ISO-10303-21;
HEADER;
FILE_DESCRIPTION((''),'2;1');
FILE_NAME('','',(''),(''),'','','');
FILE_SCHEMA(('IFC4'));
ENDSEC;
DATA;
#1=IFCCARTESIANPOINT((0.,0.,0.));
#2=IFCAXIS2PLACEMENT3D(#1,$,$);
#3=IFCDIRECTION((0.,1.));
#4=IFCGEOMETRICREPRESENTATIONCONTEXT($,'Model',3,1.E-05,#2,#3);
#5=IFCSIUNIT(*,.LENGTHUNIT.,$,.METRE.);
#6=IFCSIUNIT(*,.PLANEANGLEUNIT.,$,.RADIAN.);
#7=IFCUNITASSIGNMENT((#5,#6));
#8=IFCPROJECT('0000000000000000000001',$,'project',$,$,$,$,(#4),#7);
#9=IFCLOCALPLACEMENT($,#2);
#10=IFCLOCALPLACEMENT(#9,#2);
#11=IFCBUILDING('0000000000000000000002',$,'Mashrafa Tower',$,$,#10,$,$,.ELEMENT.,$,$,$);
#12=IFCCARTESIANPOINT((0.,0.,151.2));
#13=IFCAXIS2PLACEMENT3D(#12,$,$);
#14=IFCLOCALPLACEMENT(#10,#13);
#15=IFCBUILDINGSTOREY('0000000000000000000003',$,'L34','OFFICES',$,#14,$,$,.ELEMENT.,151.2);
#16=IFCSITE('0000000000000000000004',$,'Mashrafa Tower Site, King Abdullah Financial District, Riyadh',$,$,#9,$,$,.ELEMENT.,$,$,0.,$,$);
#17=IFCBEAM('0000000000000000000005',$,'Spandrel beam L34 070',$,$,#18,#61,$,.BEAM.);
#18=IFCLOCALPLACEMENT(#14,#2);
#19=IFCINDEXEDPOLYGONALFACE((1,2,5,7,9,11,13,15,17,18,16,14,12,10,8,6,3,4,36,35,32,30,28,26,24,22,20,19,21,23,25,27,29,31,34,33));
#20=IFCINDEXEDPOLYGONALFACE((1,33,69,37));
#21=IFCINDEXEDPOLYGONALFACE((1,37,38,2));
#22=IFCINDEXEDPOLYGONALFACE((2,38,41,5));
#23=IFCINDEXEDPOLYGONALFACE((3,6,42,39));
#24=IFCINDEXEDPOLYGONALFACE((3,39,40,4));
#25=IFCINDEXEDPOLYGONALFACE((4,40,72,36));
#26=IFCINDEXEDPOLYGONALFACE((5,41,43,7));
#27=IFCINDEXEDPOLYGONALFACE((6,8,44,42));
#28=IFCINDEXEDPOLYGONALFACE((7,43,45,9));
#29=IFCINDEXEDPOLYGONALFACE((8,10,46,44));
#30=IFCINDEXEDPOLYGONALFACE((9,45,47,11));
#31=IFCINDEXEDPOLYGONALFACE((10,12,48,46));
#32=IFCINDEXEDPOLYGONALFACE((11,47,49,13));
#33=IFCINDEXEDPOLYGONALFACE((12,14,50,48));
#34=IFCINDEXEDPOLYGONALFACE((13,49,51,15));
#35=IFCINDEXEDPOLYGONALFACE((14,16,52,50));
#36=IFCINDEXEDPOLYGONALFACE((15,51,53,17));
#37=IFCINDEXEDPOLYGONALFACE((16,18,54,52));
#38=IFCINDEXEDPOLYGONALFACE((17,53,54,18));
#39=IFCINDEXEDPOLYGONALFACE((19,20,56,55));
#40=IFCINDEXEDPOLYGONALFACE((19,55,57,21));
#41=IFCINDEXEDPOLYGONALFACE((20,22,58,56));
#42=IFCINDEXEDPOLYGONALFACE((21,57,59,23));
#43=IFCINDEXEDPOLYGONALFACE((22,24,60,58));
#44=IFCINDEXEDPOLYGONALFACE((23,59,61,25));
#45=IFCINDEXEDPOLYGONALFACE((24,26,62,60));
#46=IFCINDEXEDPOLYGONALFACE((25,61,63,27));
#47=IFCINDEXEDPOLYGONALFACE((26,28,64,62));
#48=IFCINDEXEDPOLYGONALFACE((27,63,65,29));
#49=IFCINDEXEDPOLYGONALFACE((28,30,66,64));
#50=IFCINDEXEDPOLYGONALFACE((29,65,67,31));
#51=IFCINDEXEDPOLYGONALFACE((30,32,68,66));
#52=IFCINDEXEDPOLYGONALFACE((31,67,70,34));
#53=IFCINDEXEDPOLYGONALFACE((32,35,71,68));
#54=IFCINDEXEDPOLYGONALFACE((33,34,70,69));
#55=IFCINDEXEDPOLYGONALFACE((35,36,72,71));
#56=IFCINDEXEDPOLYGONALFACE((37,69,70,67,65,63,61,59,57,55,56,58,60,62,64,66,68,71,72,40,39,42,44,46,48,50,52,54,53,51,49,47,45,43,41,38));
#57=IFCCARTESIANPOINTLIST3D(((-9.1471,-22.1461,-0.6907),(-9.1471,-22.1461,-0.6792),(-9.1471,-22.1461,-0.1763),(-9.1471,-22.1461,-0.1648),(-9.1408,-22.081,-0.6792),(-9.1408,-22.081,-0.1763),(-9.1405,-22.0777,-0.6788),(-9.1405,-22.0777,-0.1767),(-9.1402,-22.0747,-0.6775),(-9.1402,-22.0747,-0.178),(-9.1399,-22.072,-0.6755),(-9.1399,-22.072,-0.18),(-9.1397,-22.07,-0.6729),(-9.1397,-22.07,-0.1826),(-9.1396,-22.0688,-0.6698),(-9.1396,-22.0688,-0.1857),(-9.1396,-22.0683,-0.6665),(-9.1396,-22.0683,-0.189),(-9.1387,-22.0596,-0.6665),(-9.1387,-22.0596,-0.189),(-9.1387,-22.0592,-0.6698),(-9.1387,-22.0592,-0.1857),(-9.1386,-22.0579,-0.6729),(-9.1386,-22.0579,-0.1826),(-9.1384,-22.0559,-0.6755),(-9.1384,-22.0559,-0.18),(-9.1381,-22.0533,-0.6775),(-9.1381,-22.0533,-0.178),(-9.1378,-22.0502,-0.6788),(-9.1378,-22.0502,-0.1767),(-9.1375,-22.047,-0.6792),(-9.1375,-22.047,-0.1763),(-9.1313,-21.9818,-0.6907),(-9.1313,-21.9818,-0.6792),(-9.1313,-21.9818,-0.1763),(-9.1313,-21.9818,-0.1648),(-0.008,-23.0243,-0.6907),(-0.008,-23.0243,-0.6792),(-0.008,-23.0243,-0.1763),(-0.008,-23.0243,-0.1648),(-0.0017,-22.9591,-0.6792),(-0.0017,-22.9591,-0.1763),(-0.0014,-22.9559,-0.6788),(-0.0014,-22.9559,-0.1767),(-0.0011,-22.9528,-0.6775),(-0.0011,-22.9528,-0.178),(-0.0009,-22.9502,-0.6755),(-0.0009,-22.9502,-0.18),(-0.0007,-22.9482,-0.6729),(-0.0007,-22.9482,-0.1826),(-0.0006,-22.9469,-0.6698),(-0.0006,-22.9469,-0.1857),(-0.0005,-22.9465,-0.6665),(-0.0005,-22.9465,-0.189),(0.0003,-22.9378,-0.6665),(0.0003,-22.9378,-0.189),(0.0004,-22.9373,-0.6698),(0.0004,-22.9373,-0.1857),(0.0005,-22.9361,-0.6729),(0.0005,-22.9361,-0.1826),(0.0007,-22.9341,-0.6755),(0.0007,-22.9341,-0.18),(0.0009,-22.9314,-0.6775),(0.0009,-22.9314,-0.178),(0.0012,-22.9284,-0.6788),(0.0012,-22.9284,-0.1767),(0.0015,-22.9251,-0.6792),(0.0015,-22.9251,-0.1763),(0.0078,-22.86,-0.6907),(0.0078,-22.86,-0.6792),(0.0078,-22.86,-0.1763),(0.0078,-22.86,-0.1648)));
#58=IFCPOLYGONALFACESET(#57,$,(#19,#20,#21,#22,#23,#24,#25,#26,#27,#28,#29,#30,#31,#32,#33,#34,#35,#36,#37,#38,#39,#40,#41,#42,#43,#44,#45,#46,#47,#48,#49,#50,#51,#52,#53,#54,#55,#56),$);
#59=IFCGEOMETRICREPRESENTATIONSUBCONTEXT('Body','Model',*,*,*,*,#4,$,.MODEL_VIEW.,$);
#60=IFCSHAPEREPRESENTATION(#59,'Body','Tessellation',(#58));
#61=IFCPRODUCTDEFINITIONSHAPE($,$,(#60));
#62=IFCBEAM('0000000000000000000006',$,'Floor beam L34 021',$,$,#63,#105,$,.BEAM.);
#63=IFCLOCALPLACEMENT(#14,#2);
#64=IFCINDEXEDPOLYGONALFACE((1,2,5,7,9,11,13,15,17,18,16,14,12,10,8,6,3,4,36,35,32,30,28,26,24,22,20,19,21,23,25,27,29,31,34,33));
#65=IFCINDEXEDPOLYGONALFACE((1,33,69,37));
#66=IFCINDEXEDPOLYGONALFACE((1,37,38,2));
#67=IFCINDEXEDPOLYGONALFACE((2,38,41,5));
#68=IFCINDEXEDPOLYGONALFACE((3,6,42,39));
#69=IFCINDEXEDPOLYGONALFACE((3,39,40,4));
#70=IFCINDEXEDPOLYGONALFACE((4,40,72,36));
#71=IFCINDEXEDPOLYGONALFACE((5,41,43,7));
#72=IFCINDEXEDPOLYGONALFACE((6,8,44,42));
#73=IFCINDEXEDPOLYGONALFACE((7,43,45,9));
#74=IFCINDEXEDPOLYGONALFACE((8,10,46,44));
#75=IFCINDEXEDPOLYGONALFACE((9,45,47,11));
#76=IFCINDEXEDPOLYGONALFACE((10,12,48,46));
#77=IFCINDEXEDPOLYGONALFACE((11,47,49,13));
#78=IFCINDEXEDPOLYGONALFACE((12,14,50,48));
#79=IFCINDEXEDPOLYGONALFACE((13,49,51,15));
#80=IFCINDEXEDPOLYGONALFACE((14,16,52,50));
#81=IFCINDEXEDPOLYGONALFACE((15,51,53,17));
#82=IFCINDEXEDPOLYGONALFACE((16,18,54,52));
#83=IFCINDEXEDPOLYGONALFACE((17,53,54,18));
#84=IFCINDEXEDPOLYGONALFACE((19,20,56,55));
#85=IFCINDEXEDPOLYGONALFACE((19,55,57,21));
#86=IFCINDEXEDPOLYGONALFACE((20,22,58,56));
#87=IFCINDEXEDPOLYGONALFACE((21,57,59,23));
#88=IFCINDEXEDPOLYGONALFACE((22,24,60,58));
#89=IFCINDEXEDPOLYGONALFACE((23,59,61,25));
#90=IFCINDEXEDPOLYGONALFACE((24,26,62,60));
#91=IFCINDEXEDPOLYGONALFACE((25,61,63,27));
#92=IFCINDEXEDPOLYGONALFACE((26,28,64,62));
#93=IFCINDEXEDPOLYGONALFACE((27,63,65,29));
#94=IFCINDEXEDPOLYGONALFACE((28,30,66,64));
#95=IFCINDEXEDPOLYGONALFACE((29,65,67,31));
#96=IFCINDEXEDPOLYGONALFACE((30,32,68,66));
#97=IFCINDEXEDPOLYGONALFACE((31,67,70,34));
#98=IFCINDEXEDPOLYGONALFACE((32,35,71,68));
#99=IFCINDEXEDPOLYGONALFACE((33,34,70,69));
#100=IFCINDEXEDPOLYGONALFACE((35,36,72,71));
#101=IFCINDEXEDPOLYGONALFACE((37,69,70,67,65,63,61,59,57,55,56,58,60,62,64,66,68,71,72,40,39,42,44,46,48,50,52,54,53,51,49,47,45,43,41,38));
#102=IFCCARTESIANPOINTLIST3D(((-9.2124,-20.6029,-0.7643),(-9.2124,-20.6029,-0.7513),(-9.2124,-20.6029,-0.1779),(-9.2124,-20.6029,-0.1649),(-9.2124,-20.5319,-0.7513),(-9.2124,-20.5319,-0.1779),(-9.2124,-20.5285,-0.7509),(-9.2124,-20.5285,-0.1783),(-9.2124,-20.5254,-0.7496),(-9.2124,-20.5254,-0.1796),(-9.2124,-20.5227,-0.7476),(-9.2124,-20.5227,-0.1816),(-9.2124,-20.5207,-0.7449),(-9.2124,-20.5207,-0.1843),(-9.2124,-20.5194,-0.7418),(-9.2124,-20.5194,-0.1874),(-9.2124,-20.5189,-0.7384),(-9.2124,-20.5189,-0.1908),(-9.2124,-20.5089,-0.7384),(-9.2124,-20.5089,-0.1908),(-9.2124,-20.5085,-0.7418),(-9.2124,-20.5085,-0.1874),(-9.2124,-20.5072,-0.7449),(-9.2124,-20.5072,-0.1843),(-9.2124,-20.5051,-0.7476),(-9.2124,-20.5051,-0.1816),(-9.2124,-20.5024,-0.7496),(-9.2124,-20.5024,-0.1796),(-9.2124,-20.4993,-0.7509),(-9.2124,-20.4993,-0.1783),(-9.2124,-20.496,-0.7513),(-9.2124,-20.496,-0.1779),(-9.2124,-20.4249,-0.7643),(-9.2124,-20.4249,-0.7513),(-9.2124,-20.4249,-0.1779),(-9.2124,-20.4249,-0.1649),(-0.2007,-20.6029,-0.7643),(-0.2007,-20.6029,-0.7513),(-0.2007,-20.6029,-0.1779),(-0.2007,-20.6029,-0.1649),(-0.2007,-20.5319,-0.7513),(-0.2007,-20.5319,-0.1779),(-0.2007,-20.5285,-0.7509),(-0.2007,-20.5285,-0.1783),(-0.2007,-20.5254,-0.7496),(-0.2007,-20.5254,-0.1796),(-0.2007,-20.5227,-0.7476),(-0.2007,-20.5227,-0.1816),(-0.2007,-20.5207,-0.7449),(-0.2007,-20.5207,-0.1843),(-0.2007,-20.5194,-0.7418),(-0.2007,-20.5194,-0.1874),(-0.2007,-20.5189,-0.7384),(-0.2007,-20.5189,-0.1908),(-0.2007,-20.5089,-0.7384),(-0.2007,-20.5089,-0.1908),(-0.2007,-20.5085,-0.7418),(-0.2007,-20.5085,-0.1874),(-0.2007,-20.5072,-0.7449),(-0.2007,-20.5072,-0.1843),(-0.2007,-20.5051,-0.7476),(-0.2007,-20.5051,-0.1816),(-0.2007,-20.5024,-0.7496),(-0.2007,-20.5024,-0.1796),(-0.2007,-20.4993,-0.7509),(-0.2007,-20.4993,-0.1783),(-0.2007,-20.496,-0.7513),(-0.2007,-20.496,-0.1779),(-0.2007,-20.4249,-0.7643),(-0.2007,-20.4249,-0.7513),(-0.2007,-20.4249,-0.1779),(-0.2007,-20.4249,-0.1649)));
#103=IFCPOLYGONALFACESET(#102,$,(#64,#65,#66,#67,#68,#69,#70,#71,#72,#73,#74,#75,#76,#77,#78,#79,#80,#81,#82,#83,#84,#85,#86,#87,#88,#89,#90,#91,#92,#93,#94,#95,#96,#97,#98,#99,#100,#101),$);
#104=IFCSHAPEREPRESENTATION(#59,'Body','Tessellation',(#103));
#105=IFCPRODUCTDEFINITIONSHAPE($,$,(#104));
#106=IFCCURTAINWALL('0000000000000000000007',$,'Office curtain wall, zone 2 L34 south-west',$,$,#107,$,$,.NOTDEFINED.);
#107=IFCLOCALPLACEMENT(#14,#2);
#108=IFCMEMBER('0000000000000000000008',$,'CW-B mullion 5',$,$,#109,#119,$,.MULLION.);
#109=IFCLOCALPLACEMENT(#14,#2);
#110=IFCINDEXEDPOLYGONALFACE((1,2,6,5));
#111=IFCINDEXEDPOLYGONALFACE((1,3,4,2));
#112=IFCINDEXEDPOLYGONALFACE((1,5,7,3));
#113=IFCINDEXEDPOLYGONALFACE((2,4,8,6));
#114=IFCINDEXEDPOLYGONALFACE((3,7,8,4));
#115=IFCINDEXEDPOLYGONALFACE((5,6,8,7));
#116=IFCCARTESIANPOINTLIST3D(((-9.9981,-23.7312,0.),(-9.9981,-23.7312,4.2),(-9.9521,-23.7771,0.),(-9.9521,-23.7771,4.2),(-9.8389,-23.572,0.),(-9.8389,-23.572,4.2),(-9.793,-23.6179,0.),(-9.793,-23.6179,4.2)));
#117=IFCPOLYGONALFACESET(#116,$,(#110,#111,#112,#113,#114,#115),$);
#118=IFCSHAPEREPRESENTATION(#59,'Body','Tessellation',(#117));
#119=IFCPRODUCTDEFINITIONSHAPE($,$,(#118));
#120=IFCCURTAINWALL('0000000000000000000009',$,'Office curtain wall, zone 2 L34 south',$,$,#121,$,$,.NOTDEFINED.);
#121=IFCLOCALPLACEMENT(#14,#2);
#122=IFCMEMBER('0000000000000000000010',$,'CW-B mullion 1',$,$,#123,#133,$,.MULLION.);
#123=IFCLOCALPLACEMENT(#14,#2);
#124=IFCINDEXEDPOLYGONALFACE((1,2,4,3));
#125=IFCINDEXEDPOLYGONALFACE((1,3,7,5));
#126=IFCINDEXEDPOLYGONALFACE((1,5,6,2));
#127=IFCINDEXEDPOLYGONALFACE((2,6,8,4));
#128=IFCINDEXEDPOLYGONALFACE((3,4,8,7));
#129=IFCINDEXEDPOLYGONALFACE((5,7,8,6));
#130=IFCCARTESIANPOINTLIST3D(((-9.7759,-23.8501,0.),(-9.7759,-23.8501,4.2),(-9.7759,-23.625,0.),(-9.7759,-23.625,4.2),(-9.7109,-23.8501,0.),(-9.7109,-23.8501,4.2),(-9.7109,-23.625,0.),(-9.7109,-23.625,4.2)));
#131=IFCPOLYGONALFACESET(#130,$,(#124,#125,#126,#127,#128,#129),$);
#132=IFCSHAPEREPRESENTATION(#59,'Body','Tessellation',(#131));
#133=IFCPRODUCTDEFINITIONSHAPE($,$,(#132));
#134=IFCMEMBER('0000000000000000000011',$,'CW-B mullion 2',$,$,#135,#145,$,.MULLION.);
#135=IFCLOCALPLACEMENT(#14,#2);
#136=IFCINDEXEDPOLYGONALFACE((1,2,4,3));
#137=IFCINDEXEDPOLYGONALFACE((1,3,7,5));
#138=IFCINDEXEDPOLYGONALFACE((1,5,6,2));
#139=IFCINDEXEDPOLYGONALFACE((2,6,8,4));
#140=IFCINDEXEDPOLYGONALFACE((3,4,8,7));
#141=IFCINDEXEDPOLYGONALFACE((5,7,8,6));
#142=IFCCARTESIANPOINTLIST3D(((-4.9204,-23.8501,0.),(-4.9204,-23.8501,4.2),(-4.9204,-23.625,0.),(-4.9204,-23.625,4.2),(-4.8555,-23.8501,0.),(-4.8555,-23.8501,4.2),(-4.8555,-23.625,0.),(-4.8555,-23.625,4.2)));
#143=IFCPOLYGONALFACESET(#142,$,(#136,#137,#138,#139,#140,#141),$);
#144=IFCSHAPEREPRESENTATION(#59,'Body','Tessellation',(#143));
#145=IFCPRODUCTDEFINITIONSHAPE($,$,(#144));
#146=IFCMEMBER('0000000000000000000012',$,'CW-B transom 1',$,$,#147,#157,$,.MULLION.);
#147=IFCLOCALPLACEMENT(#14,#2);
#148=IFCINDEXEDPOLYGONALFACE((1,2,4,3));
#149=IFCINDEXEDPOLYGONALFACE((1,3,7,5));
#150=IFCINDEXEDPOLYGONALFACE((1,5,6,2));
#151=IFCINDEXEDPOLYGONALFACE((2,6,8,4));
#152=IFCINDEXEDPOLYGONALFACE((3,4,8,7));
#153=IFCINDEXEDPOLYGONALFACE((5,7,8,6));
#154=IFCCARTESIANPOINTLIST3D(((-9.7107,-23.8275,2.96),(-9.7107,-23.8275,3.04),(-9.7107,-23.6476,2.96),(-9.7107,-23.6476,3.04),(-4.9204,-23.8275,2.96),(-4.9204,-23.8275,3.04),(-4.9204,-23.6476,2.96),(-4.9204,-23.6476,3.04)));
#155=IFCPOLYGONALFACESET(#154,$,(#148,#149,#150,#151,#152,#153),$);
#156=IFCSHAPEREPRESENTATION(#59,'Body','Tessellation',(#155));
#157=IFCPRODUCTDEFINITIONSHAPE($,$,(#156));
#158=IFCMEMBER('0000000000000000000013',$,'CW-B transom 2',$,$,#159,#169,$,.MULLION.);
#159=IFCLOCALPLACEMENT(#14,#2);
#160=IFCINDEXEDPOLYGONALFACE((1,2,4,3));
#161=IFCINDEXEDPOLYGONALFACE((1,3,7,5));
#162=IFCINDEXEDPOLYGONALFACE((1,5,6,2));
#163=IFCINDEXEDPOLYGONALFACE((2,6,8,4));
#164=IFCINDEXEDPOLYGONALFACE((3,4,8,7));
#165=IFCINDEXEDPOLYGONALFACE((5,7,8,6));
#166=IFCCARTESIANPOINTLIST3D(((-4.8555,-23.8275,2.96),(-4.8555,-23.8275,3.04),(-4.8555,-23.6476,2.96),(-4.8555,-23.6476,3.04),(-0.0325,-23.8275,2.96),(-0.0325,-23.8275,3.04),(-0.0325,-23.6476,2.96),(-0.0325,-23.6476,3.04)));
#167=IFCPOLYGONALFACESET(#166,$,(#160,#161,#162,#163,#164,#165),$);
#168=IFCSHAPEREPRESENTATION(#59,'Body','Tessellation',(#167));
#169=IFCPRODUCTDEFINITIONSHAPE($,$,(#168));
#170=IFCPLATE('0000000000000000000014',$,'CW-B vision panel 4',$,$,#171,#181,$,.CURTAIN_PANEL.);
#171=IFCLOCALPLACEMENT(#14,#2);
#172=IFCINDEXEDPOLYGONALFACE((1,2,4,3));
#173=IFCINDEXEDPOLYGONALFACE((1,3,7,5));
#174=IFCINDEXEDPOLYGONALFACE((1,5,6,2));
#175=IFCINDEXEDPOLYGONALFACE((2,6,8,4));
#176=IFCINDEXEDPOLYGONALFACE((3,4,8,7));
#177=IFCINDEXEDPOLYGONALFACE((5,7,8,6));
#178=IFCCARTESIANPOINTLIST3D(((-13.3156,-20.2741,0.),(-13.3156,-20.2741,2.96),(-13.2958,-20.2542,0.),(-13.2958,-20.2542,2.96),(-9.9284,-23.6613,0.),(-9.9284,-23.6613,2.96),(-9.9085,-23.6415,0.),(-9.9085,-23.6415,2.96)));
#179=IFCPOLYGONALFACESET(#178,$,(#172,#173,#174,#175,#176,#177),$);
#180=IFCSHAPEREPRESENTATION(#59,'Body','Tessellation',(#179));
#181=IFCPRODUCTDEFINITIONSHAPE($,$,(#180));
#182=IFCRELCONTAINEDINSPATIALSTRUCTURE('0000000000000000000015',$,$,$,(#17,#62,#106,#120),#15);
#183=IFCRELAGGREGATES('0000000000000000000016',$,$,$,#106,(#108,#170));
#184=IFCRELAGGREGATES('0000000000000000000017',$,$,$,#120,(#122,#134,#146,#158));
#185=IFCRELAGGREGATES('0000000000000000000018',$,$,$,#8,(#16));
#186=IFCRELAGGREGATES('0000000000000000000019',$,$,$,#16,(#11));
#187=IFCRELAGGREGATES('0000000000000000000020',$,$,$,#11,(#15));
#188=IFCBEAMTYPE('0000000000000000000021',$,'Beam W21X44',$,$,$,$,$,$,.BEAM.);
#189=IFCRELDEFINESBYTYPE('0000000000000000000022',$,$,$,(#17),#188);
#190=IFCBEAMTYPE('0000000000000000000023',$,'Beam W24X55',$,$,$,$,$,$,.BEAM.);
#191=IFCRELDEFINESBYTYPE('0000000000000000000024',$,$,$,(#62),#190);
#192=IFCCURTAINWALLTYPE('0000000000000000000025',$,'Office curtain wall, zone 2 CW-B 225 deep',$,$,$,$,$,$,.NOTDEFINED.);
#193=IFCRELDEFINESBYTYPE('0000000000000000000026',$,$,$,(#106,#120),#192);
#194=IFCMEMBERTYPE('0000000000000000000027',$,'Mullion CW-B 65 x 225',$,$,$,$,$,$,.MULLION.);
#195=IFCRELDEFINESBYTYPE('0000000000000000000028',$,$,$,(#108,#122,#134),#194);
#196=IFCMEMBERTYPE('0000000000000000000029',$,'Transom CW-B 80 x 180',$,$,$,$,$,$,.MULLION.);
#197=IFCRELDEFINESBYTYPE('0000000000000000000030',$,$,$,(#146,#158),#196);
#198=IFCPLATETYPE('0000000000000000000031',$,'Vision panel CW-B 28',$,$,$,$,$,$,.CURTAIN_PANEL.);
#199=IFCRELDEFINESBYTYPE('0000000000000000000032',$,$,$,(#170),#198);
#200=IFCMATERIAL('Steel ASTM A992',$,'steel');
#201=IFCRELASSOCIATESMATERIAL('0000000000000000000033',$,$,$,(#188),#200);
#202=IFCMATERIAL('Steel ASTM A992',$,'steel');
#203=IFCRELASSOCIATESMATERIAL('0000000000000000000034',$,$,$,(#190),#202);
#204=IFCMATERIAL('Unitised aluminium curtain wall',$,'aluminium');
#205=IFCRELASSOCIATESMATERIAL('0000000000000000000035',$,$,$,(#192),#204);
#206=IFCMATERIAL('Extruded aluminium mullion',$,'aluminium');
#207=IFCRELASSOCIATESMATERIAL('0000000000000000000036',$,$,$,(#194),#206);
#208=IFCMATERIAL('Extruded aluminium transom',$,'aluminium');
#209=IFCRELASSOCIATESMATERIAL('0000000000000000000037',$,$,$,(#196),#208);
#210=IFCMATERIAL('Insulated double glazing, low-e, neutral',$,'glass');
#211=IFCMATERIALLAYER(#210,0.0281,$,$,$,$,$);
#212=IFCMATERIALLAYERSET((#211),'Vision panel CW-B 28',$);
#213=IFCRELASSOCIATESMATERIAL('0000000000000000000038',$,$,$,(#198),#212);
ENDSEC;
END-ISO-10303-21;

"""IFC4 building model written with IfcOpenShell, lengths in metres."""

from ifc_helpers import new_model, si_unit, direction, frame, origin, origin_2d, place, context, subcontext, project, spatial, rectangle, i_section, extrude, source, transform, mapped, material, layer, layer_set, material_profile, profile_set, type_object, type_shapes, element, aggregate, save


model = new_model("IFC4")

# Units and contexts
model_context = context("Model", 3, precision=1e-05, world=origin(), true_north=direction((0.0, 1.0)))
body_context = subcontext(model_context, "Body", "Model", "MODEL_VIEW")
ifc_project = project(units=[si_unit("LENGTHUNIT", "METRE"), si_unit("PLANEANGLEUNIT", "RADIAN")], contexts=[model_context])

# Site, building, storey
site_placement = place(None, origin())
site = spatial("IfcSite", under=ifc_project, at=site_placement, Name="Mashrafa Tower Site, King Abdullah Financial District, Riyadh", CompositionType="ELEMENT", RefElevation=0.0)
building_placement = place(site_placement, origin())
building = spatial("IfcBuilding", under=site, at=building_placement, Name="Mashrafa Tower", CompositionType="ELEMENT")
storey_placement = place(building_placement, frame((0.0, 0.0, 151.2)))
storey = spatial("IfcBuildingStorey", under=building, at=storey_placement, Name="L34", Description="OFFICES", CompositionType="ELEMENT", Elevation=151.2)

# Beams
ifc_material_1 = material(Name="Steel ASTM A992", Category="steel")
ifc_material_profile_1 = material_profile(ifc_material_1, i_section(OverallWidth=0.165, OverallDepth=0.5259, WebThickness=0.0088, FlangeThickness=0.0115, FilletRadius=0.0127, at=origin_2d()), Name="W21X44")
ifc_profile_set_1 = profile_set([ifc_material_profile_1], Name="Steel ASTM A992")
beam_type_1 = type_object("IfcBeamType", Name="Beam W21X44", PredefinedType="BEAM", material=ifc_profile_set_1)
beam_1_placement = place(storey_placement, frame((-9.1392, -22.064, -0.4277), z_axis=(0.995415, -0.095649, 0.0), x_axis=(0.095649, 0.995415, 0.0)))
element("IfcBeam", 1, at=beam_1_placement, inside=storey, type_object=beam_type_1, Name="Spandrel beam L34 070", PredefinedType="BEAM", context=body_context, shape_type="SweptSolid", body=[
    extrude(i_section(OverallWidth=0.165, OverallDepth=0.5259, WebThickness=0.0088, FlangeThickness=0.0115, FilletRadius=0.0127, at=origin_2d()), origin(), (0.0, 0.0, 1.0), 9.1812),
])
ifc_material_2 = material(Name="Steel ASTM A992", Category="steel")
ifc_material_profile_2 = material_profile(ifc_material_2, i_section(OverallWidth=0.178, OverallDepth=0.5994, WebThickness=0.01, FlangeThickness=0.0129, FilletRadius=0.0129, at=origin_2d()), Name="W24X55")
ifc_profile_set_2 = profile_set([ifc_material_profile_2], Name="Steel ASTM A992")
beam_type_2 = type_object("IfcBeamType", Name="Beam W24X55", PredefinedType="BEAM", material=ifc_profile_set_2)
beam_2_placement = place(storey_placement, frame((-0.2007, -20.5139, -0.4646), z_axis=(-1.0, 0.0, 0.0), x_axis=(0.0, -1.0, 0.0)))
element("IfcBeam", 2, at=beam_2_placement, inside=storey, type_object=beam_type_2, Name="Floor beam L34 021", PredefinedType="BEAM", context=body_context, shape_type="SweptSolid", body=[
    extrude(i_section(OverallWidth=0.178, OverallDepth=0.5994, WebThickness=0.01, FlangeThickness=0.0129, FilletRadius=0.0129, at=origin_2d()), origin(), (0.0, 0.0, 1.0), 9.0117),
])

# Curtain wall, member
ifc_material_3 = material(Name="Unitised aluminium curtain wall", Category="aluminium")
curtain_wall_type = type_object("IfcCurtainWallType", Name="Office curtain wall, zone 2 CW-B 225 deep", PredefinedType="NOTDEFINED", material=ifc_material_3)
curtain_wall_1_placement = place(storey_placement, origin())
curtain_wall_1 = element("IfcCurtainWall", 3, at=curtain_wall_1_placement, inside=storey, type_object=curtain_wall_type, Name="Office curtain wall, zone 2 L34 south-west", PredefinedType="NOTDEFINED")
ifc_material_4 = material(Name="Extruded aluminium mullion", Category="aluminium")
ifc_material_profile_3 = material_profile(ifc_material_4, rectangle(XDim=0.2251, YDim=0.0649, at=origin_2d()), Name="Mullion 65x225")
ifc_profile_set_3 = profile_set([ifc_material_profile_3], Name="Extruded aluminium mullion")
member_type_1 = type_object("IfcMemberType", Name="Mullion CW-B 65 x 225", PredefinedType="MULLION", material=ifc_profile_set_3)
shared_shape_1 = source(origin(), body_context, "Body", "SweptSolid", [
    extrude(rectangle(XDim=0.2251, YDim=0.0649, at=origin_2d()), origin(), (0.0, 0.0, 1.0), 4.2),
])
type_shapes(member_type_1, [shared_shape_1])
member_1_placement = place(storey_placement, frame((-9.8955, -23.6746, 0.0), z_axis=(0.0, 0.0, 1.0), x_axis=(0.707107, 0.707107, 0.0)))
member_1 = element("IfcMember", 4, at=member_1_placement, type_object=member_type_1, Name="CW-B mullion 5", PredefinedType="MULLION", context=body_context, shape_type="MappedRepresentation", body=[
    mapped(shared_shape_1, transform((0.0, 0.0, 0.0))),
])

# Curtain wall, members
curtain_wall_2_placement = place(storey_placement, origin())
curtain_wall_2 = element("IfcCurtainWall", 5, at=curtain_wall_2_placement, inside=storey, type_object=curtain_wall_type, Name="Office curtain wall, zone 2 L34 south", PredefinedType="NOTDEFINED")
member_2_placement = place(storey_placement, frame((-9.7434, -23.7375, 0.0), z_axis=(0.0, 0.0, 1.0), x_axis=(0.0, 1.0, 0.0)))
member_2 = element("IfcMember", 6, at=member_2_placement, type_object=member_type_1, Name="CW-B mullion 1", PredefinedType="MULLION", context=body_context, shape_type="MappedRepresentation", body=[
    mapped(shared_shape_1, transform((0.0, 0.0, 0.0))),
])
member_3_placement = place(storey_placement, frame((-4.8879, -23.7375, 0.0), z_axis=(0.0, 0.0, 1.0), x_axis=(0.0, 1.0, 0.0)))
member_3 = element("IfcMember", 7, at=member_3_placement, type_object=member_type_1, Name="CW-B mullion 2", PredefinedType="MULLION", context=body_context, shape_type="MappedRepresentation", body=[
    mapped(shared_shape_1, transform((0.0, 0.0, 0.0))),
])
ifc_material_5 = material(Name="Extruded aluminium transom", Category="aluminium")
ifc_material_profile_4 = material_profile(ifc_material_5, rectangle(XDim=0.1799, YDim=0.0801, at=origin_2d()), Name="Transom 80x180")
ifc_profile_set_4 = profile_set([ifc_material_profile_4], Name="Extruded aluminium transom")
member_type_2 = type_object("IfcMemberType", Name="Transom CW-B 80 x 180", PredefinedType="MULLION", material=ifc_profile_set_4)
shared_shape_2 = source(origin(), body_context, "Body", "SweptSolid", [
    extrude(rectangle(XDim=0.1799, YDim=0.0801, at=origin_2d()), origin(), (0.0, 0.0, 1.0), 4.7903),
])
member_4_placement = place(storey_placement, frame((-9.7107, -23.7375, 3.0), z_axis=(1.0, 0.0, 0.0), x_axis=(0.0, 1.0, 0.0)))
member_4 = element("IfcMember", 8, at=member_4_placement, type_object=member_type_2, Name="CW-B transom 1", PredefinedType="MULLION", context=body_context, shape_type="MappedRepresentation", body=[
    mapped(shared_shape_2, transform((0.0, 0.0, 0.0))),
])
shared_shape_3 = source(origin(), body_context, "Body", "SweptSolid", [
    extrude(rectangle(XDim=0.1799, YDim=0.0801, at=origin_2d()), origin(), (0.0, 0.0, 1.0), 4.823),
])
type_shapes(member_type_2, [shared_shape_2, shared_shape_3])
member_5_placement = place(storey_placement, frame((-4.8555, -23.7375, 3.0), z_axis=(1.0, 0.0, 0.0), x_axis=(0.0, 1.0, 0.0)))
member_5 = element("IfcMember", 9, at=member_5_placement, type_object=member_type_2, Name="CW-B transom 2", PredefinedType="MULLION", context=body_context, shape_type="MappedRepresentation", body=[
    mapped(shared_shape_3, transform((0.0, 0.0, 0.0))),
])

# Plate
ifc_material_6 = material(Name="Insulated double glazing, low-e, neutral", Category="glass")
ifc_layer_1 = layer(ifc_material_6, 0.0281)
ifc_layer_set_1 = layer_set([ifc_layer_1], Name="Vision panel CW-B 28")
plate_type_1 = type_object("IfcPlateType", Name="Vision panel CW-B 28", PredefinedType="CURTAIN_PANEL", material=ifc_layer_set_1)
shared_shape_4 = source(origin(), body_context, "Body", "SweptSolid", [
    extrude(rectangle(XDim=4.7903, YDim=0.0281, at=origin_2d()), origin(), (0.0, 0.0, 1.0), 2.96),
])
plate_1_placement = place(storey_placement, frame((-11.6121, -21.9578, 0.0), z_axis=(0.0, 0.0, 1.0), x_axis=(0.707107, -0.707107, 0.0)))
plate_1 = element("IfcPlate", 10, at=plate_1_placement, type_object=plate_type_1, Name="CW-B vision panel 4", PredefinedType="CURTAIN_PANEL", context=body_context, shape_type="MappedRepresentation", body=[
    mapped(shared_shape_4, transform((0.0, 0.0, 0.0))),
])
aggregate(curtain_wall_1, [member_1, plate_1])
aggregate(curtain_wall_2, [member_2, member_3, member_4, member_5])

save(model, "model.ifc")
